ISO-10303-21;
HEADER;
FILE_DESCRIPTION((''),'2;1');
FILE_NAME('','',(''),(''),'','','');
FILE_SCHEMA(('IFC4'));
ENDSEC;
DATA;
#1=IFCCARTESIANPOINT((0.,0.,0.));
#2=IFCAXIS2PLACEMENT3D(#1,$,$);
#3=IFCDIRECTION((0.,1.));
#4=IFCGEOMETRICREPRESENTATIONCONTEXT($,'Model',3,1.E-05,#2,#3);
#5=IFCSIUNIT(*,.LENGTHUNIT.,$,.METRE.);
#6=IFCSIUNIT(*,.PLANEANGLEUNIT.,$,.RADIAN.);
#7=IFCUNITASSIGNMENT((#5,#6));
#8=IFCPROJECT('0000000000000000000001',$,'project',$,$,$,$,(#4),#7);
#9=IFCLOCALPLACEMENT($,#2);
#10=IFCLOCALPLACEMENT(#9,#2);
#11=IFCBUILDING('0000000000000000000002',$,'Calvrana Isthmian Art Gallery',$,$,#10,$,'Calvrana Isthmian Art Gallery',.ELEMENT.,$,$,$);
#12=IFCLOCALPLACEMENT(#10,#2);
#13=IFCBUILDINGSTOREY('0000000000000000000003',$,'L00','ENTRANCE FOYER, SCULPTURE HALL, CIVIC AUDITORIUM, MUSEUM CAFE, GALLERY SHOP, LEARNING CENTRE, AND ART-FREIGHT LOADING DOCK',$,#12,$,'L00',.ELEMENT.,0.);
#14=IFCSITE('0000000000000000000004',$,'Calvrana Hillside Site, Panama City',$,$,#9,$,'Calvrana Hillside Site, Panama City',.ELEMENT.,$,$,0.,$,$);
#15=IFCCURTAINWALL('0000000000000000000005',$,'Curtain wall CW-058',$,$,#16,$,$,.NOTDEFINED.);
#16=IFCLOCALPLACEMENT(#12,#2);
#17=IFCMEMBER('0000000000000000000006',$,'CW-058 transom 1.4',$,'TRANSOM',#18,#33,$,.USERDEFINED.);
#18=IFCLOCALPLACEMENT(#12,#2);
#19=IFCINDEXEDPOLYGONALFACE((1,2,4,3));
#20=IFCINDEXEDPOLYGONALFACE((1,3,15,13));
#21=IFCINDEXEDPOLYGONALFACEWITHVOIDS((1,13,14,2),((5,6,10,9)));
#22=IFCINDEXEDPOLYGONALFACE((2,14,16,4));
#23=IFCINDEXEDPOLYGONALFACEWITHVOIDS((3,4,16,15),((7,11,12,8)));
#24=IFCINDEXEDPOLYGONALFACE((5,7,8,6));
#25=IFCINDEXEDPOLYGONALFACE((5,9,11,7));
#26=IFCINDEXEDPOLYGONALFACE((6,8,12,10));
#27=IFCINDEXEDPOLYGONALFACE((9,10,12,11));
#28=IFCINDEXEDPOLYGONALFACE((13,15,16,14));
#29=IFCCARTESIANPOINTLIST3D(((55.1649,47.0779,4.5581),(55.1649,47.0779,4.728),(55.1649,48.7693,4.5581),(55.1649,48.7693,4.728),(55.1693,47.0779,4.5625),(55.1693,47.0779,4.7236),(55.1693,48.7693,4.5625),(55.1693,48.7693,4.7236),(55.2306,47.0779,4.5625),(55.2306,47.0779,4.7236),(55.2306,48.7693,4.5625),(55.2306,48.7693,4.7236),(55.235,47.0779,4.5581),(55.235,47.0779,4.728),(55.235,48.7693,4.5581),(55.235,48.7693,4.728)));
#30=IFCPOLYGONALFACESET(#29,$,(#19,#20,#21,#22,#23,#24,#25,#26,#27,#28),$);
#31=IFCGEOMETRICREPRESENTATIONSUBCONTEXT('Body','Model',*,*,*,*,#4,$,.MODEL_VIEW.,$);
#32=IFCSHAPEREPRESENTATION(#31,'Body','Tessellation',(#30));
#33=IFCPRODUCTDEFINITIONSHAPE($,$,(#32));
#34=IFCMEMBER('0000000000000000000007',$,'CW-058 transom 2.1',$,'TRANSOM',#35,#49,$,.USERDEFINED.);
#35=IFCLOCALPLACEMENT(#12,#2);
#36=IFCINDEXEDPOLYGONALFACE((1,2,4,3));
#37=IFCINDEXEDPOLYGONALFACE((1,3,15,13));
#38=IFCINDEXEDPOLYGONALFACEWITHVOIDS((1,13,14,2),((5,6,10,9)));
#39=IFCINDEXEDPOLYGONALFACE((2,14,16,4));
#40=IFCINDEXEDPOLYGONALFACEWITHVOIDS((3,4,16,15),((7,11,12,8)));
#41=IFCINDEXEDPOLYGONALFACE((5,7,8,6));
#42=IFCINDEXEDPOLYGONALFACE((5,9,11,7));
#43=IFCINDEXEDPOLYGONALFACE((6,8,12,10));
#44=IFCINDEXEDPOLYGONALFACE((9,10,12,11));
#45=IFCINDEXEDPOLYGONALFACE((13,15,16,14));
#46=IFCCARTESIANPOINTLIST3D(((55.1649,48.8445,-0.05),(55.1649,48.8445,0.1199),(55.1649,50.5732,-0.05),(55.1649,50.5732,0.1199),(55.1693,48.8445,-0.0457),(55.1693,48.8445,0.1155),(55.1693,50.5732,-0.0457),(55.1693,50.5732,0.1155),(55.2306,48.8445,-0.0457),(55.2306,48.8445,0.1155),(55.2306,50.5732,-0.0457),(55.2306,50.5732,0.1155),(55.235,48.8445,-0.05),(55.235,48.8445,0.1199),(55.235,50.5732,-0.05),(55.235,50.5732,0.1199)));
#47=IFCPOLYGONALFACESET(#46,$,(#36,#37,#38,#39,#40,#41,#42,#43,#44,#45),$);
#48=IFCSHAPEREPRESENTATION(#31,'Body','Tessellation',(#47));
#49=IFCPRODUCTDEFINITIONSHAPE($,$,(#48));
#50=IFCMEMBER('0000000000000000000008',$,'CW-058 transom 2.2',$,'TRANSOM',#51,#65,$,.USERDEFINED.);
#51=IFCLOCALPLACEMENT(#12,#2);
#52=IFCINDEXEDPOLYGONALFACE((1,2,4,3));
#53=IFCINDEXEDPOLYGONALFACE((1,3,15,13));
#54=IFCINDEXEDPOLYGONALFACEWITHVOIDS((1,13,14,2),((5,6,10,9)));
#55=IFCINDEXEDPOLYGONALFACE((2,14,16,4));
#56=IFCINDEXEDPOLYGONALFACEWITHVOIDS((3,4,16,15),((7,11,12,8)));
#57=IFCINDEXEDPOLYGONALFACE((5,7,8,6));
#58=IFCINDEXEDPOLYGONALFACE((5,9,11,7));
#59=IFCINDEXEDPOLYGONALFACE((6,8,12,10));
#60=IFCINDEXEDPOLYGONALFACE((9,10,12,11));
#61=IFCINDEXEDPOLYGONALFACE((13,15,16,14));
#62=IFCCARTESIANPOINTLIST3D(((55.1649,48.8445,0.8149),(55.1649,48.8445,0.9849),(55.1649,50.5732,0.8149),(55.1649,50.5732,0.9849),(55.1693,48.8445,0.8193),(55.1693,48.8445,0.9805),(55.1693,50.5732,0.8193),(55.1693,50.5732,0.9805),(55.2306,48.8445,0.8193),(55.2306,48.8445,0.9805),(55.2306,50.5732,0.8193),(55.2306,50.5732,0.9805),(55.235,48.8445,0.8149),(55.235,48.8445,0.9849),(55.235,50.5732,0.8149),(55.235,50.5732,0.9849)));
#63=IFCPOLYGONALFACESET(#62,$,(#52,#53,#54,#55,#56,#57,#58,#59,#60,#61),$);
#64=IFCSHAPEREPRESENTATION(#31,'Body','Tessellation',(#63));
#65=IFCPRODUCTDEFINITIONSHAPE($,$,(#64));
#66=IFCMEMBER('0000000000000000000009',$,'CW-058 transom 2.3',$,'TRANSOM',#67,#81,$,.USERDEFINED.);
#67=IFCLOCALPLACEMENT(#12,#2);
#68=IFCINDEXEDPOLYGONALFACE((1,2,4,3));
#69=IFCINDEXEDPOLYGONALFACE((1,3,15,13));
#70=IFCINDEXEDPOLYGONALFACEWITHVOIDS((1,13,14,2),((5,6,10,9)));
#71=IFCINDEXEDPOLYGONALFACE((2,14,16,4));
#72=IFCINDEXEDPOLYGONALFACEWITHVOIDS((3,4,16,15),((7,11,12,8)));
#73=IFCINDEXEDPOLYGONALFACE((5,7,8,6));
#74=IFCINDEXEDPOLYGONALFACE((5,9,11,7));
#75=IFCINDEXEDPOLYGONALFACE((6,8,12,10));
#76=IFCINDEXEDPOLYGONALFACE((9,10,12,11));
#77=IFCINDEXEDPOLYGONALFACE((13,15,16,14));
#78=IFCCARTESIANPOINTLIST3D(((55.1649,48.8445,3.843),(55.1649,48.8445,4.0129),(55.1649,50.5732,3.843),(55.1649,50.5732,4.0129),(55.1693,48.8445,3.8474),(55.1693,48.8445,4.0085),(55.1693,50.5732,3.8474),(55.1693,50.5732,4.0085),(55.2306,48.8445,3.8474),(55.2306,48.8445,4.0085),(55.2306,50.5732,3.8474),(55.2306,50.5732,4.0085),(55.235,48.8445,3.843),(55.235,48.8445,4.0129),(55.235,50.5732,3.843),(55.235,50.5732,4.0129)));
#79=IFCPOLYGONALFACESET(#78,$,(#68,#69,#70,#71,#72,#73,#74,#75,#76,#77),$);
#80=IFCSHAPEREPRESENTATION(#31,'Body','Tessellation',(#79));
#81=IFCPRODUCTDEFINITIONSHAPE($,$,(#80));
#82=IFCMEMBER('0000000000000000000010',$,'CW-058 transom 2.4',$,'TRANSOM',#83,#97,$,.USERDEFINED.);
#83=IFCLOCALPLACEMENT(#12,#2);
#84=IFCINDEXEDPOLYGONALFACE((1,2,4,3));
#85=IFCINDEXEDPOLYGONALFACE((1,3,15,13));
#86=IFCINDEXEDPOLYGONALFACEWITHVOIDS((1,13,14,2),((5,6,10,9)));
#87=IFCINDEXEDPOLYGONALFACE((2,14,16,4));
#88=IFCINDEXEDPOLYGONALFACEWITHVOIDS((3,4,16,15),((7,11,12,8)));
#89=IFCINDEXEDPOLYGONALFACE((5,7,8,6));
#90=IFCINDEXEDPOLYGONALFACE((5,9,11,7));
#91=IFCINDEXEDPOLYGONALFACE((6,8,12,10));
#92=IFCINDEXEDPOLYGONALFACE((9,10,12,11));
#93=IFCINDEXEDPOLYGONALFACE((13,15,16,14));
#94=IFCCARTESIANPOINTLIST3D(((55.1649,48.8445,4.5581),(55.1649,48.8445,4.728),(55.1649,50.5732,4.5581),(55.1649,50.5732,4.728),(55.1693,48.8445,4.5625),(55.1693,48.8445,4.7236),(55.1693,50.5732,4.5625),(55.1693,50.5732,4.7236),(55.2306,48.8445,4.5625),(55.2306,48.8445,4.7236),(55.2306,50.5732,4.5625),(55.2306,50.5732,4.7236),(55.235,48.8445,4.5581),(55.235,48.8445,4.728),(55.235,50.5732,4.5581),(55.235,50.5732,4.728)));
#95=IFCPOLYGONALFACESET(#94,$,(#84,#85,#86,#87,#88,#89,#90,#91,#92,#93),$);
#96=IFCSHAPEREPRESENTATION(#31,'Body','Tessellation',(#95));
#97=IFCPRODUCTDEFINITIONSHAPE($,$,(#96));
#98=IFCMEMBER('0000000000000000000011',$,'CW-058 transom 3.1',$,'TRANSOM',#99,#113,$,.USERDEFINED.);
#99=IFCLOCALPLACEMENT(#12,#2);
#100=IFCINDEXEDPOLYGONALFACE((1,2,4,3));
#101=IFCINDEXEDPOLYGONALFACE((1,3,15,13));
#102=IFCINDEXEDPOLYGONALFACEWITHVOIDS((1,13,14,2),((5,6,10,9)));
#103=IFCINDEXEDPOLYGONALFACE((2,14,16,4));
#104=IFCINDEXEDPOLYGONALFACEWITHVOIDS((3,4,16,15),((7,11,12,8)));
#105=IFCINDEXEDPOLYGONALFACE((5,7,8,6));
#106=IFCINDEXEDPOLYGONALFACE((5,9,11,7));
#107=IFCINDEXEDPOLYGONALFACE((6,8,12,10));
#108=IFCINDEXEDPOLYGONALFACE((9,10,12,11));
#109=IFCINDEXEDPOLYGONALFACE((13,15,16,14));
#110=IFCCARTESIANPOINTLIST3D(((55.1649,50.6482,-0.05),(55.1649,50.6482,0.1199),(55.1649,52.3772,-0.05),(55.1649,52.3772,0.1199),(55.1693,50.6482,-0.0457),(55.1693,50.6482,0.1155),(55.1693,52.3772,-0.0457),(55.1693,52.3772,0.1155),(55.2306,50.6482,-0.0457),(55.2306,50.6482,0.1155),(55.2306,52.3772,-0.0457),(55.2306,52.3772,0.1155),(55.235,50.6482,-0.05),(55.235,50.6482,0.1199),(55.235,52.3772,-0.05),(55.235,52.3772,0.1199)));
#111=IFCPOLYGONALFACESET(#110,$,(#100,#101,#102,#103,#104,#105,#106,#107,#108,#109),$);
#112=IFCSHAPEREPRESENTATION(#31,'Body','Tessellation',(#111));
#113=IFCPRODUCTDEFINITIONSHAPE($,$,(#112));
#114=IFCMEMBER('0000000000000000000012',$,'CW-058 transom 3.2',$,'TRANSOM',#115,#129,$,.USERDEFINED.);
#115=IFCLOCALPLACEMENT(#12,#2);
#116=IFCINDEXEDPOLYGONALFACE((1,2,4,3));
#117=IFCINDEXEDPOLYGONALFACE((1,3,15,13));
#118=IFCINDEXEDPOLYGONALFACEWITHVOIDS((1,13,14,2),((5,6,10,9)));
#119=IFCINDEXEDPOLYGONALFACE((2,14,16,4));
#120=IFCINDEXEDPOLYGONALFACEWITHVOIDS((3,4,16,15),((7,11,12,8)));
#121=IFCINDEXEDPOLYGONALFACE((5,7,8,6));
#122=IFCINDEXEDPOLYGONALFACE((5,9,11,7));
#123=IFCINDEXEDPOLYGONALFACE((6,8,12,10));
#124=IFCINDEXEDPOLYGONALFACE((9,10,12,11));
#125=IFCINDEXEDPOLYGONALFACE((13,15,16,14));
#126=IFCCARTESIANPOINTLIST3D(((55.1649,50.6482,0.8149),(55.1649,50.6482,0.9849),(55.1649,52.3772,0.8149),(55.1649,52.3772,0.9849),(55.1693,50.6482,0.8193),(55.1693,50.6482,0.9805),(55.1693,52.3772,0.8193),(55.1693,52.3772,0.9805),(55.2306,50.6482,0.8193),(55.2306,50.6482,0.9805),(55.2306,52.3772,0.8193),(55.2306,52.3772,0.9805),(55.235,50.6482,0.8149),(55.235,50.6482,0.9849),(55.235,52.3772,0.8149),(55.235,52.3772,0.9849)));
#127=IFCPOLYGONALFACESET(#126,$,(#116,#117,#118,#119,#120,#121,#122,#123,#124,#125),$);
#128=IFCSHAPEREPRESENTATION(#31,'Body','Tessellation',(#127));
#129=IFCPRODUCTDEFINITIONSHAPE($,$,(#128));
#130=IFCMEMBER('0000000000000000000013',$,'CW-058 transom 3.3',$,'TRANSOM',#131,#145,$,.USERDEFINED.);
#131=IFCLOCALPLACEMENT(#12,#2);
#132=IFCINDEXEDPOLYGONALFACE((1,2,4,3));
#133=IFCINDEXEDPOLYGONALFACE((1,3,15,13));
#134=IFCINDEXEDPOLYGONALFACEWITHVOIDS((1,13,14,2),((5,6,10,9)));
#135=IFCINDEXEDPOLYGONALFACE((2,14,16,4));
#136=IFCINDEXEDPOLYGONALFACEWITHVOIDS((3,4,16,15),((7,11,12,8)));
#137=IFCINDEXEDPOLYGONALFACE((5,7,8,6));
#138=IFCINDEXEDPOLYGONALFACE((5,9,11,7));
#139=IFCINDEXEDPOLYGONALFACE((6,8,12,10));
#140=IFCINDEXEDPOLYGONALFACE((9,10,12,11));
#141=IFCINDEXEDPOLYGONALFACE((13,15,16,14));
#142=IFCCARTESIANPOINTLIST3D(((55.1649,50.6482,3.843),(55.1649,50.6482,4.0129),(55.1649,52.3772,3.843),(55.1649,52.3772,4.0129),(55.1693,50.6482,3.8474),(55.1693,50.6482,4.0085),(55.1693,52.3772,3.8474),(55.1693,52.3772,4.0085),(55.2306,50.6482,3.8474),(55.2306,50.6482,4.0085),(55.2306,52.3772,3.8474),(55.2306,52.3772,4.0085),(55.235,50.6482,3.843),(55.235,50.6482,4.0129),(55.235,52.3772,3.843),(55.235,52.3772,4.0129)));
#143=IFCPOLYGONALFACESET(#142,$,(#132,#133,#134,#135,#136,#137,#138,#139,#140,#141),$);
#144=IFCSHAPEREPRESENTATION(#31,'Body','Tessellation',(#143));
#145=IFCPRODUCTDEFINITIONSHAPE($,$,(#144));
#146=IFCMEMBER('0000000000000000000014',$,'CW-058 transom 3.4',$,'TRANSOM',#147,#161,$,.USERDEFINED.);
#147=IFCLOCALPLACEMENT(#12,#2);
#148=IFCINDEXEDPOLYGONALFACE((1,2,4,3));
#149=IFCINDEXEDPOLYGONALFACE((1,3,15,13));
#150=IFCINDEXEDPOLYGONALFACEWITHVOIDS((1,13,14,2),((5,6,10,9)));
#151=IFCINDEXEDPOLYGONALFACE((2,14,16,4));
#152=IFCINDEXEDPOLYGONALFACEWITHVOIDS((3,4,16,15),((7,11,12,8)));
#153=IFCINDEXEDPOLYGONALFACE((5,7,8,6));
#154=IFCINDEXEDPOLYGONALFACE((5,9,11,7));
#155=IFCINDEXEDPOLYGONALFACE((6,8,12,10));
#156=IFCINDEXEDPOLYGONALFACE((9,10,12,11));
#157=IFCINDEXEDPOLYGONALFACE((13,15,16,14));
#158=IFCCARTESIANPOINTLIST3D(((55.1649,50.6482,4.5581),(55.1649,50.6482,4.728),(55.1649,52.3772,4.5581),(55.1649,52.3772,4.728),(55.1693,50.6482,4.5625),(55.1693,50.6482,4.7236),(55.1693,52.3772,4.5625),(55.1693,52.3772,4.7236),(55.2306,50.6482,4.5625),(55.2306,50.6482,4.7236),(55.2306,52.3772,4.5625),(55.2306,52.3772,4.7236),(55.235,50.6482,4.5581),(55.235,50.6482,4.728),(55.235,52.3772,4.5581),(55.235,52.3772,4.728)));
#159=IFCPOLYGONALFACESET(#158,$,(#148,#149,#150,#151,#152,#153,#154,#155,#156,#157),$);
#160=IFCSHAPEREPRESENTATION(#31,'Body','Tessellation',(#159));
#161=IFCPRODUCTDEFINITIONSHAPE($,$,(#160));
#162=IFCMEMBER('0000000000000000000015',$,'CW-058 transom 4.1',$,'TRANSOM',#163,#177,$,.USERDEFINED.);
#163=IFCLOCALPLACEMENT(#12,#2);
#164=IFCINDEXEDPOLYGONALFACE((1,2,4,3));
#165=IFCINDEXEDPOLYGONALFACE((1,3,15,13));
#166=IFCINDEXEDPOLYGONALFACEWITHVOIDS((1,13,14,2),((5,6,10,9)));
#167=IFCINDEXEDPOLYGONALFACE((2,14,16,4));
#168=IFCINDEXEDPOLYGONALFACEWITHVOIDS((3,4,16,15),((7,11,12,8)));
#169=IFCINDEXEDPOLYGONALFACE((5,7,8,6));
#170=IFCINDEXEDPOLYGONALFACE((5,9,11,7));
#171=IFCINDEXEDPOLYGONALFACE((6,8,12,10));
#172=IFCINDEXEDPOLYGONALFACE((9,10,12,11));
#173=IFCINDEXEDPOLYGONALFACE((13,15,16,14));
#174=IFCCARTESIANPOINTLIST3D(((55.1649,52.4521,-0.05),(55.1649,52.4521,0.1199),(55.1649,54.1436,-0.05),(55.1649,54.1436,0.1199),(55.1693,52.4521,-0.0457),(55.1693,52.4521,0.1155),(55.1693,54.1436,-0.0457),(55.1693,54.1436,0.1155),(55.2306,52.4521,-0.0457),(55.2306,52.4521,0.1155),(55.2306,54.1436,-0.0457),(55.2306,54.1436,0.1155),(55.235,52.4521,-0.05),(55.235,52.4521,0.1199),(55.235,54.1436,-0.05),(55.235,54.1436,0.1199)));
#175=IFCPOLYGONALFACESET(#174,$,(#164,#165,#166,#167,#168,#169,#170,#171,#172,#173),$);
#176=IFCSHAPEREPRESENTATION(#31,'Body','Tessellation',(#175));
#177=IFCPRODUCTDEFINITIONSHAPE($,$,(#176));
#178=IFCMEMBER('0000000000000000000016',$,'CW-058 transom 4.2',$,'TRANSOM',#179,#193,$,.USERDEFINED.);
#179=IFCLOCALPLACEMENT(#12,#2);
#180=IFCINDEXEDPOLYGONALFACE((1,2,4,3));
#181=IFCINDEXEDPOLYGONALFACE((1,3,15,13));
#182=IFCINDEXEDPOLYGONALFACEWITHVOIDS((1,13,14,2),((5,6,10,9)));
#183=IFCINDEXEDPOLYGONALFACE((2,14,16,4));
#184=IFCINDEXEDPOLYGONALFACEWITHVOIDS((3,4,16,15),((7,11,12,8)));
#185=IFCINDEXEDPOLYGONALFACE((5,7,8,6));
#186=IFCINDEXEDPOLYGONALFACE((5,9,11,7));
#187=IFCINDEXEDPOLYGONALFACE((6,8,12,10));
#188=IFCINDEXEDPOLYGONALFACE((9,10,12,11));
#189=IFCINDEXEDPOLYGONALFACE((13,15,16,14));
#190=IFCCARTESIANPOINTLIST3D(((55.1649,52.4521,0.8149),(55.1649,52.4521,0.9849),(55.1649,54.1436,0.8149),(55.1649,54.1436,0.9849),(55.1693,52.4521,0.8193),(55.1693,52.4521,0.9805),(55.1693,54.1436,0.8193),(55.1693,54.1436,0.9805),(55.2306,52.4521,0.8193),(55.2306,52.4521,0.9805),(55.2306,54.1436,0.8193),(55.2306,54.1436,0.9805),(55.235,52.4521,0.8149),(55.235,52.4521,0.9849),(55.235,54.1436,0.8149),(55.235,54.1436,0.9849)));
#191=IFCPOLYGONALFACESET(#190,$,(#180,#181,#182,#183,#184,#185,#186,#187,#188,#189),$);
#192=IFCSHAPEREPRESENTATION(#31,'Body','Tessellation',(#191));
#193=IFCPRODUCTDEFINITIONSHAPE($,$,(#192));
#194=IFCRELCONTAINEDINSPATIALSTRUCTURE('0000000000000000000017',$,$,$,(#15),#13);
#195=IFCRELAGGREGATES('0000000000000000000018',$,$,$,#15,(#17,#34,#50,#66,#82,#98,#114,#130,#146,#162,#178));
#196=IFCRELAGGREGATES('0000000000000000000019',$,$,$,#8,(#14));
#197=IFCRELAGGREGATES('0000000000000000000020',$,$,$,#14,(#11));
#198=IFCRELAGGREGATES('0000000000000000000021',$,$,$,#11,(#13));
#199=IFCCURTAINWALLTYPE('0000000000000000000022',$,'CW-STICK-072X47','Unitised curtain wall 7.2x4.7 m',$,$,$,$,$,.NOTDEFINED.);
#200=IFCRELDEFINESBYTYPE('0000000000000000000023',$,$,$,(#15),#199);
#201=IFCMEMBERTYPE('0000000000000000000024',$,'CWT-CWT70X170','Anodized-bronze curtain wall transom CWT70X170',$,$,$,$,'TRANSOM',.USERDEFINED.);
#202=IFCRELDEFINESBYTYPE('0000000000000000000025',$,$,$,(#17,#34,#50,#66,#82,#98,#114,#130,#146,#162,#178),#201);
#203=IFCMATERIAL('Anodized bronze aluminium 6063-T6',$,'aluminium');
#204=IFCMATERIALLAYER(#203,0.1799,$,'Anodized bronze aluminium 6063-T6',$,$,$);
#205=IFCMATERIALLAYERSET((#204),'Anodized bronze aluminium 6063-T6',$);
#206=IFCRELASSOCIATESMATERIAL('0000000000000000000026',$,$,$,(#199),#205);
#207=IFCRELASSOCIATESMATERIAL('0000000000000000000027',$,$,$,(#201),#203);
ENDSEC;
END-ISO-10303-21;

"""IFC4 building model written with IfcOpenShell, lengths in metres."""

from ifc_helpers import new_model, si_unit, direction, frame, origin, origin_2d, place, context, subcontext, project, spatial, hollow_rectangle, extrude, material, layer, layer_set, material_profile, profile_set, type_object, element, aggregate, save


model = new_model("IFC4")

# Units and contexts
model_context = context("Model", 3, precision=1e-05, world=origin(), true_north=direction((0.0, 1.0)))
body_context = subcontext(model_context, "Body", "Model", "MODEL_VIEW")
ifc_project = project(units=[si_unit("LENGTHUNIT", "METRE"), si_unit("PLANEANGLEUNIT", "RADIAN")], contexts=[model_context])

# Site, building, storey
site_placement = place(None, origin())
site = spatial("IfcSite", under=ifc_project, at=site_placement, Name="Calvrana Hillside Site, Panama City", LongName="Calvrana Hillside Site, Panama City", CompositionType="ELEMENT", RefElevation=0.0)
building_placement = place(site_placement, origin())
building = spatial("IfcBuilding", under=site, at=building_placement, Name="Calvrana Isthmian Art Gallery", LongName="Calvrana Isthmian Art Gallery", CompositionType="ELEMENT")
storey_placement = place(building_placement, origin())
storey = spatial("IfcBuildingStorey", under=building, at=storey_placement, Name="L00", Description="ENTRANCE FOYER, SCULPTURE HALL, CIVIC AUDITORIUM, MUSEUM CAFE, GALLERY SHOP, LEARNING CENTRE, AND ART-FREIGHT LOADING DOCK", LongName="L00", CompositionType="ELEMENT", Elevation=0.0)

# Curtain wall, members
ifc_material_1 = material(Name="Anodized bronze aluminium 6063-T6", Category="aluminium")
ifc_layer_1 = layer(ifc_material_1, 0.1799, Name="Anodized bronze aluminium 6063-T6")
ifc_layer_set_1 = layer_set([ifc_layer_1], Name="Anodized bronze aluminium 6063-T6")
curtain_wall_type = type_object("IfcCurtainWallType", Name="CW-STICK-072X47", Description="Unitised curtain wall 7.2x4.7 m", PredefinedType="NOTDEFINED", material=ifc_layer_set_1)
curtain_wall_placement = place(storey_placement, origin())
curtain_wall = element("IfcCurtainWall", 1, at=curtain_wall_placement, inside=storey, type_object=curtain_wall_type, Name="Curtain wall CW-058", PredefinedType="NOTDEFINED")
ifc_material_profile_1 = material_profile(ifc_material_1, hollow_rectangle(XDim=0.0701, YDim=0.1699, WallThickness=0.0044, at=origin_2d()), Name="CWT70X170")
ifc_profile_set_1 = profile_set([ifc_material_profile_1], Name="Anodized bronze aluminium 6063-T6")
member_type_1 = type_object("IfcMemberType", Name="CWT-CWT70X170", Description="Anodized-bronze curtain wall transom CWT70X170", ElementType="TRANSOM", PredefinedType="USERDEFINED", material=ifc_profile_set_1)
member_1_placement = place(storey_placement, frame((55.2, 47.0779, 4.6431), z_axis=(0.0, 1.0, 0.0), x_axis=(-1.0, 0.0, 0.0)))
member_1 = element("IfcMember", 2, at=member_1_placement, type_object=member_type_1, Name="CW-058 transom 1.4", ObjectType="TRANSOM", PredefinedType="USERDEFINED", context=body_context, shape_type="SweptSolid", body=[
    extrude(hollow_rectangle(XDim=0.0701, YDim=0.1699, WallThickness=0.0044, at=origin_2d()), origin(), (0.0, 0.0, 1.0), 1.6914),
])
member_2_placement = place(storey_placement, frame((55.2, 48.8445, 0.0349), z_axis=(0.0, 1.0, 0.0), x_axis=(-1.0, 0.0, 0.0)))
member_2 = element("IfcMember", 3, at=member_2_placement, type_object=member_type_1, Name="CW-058 transom 2.1", ObjectType="TRANSOM", PredefinedType="USERDEFINED", context=body_context, shape_type="SweptSolid", body=[
    extrude(hollow_rectangle(XDim=0.0701, YDim=0.1699, WallThickness=0.0044, at=origin_2d()), origin(), (0.0, 0.0, 1.0), 1.7288),
])
member_3_placement = place(storey_placement, frame((55.2, 48.8445, 0.8999), z_axis=(0.0, 1.0, 0.0), x_axis=(-1.0, 0.0, 0.0)))
member_3 = element("IfcMember", 4, at=member_3_placement, type_object=member_type_1, Name="CW-058 transom 2.2", ObjectType="TRANSOM", PredefinedType="USERDEFINED", context=body_context, shape_type="SweptSolid", body=[
    extrude(hollow_rectangle(XDim=0.0701, YDim=0.1699, WallThickness=0.0044, at=origin_2d()), origin(), (0.0, 0.0, 1.0), 1.7288),
])
member_4_placement = place(storey_placement, frame((55.2, 48.8445, 3.928), z_axis=(0.0, 1.0, 0.0), x_axis=(-1.0, 0.0, 0.0)))
member_4 = element("IfcMember", 5, at=member_4_placement, type_object=member_type_1, Name="CW-058 transom 2.3", ObjectType="TRANSOM", PredefinedType="USERDEFINED", context=body_context, shape_type="SweptSolid", body=[
    extrude(hollow_rectangle(XDim=0.0701, YDim=0.1699, WallThickness=0.0044, at=origin_2d()), origin(), (0.0, 0.0, 1.0), 1.7288),
])
member_5_placement = place(storey_placement, frame((55.2, 48.8445, 4.6431), z_axis=(0.0, 1.0, 0.0), x_axis=(-1.0, 0.0, 0.0)))
member_5 = element("IfcMember", 6, at=member_5_placement, type_object=member_type_1, Name="CW-058 transom 2.4", ObjectType="TRANSOM", PredefinedType="USERDEFINED", context=body_context, shape_type="SweptSolid", body=[
    extrude(hollow_rectangle(XDim=0.0701, YDim=0.1699, WallThickness=0.0044, at=origin_2d()), origin(), (0.0, 0.0, 1.0), 1.7288),
])
member_6_placement = place(storey_placement, frame((55.2, 50.6482, 0.0349), z_axis=(0.0, 1.0, 0.0), x_axis=(-1.0, 0.0, 0.0)))
member_6 = element("IfcMember", 7, at=member_6_placement, type_object=member_type_1, Name="CW-058 transom 3.1", ObjectType="TRANSOM", PredefinedType="USERDEFINED", context=body_context, shape_type="SweptSolid", body=[
    extrude(hollow_rectangle(XDim=0.0701, YDim=0.1699, WallThickness=0.0044, at=origin_2d()), origin(), (0.0, 0.0, 1.0), 1.729),
])
member_7_placement = place(storey_placement, frame((55.2, 50.6482, 0.8999), z_axis=(0.0, 1.0, 0.0), x_axis=(-1.0, 0.0, 0.0)))
member_7 = element("IfcMember", 8, at=member_7_placement, type_object=member_type_1, Name="CW-058 transom 3.2", ObjectType="TRANSOM", PredefinedType="USERDEFINED", context=body_context, shape_type="SweptSolid", body=[
    extrude(hollow_rectangle(XDim=0.0701, YDim=0.1699, WallThickness=0.0044, at=origin_2d()), origin(), (0.0, 0.0, 1.0), 1.729),
])
member_8_placement = place(storey_placement, frame((55.2, 50.6482, 3.928), z_axis=(0.0, 1.0, 0.0), x_axis=(-1.0, 0.0, 0.0)))
member_8 = element("IfcMember", 9, at=member_8_placement, type_object=member_type_1, Name="CW-058 transom 3.3", ObjectType="TRANSOM", PredefinedType="USERDEFINED", context=body_context, shape_type="SweptSolid", body=[
    extrude(hollow_rectangle(XDim=0.0701, YDim=0.1699, WallThickness=0.0044, at=origin_2d()), origin(), (0.0, 0.0, 1.0), 1.729),
])
member_9_placement = place(storey_placement, frame((55.2, 50.6482, 4.6431), z_axis=(0.0, 1.0, 0.0), x_axis=(-1.0, 0.0, 0.0)))
member_9 = element("IfcMember", 10, at=member_9_placement, type_object=member_type_1, Name="CW-058 transom 3.4", ObjectType="TRANSOM", PredefinedType="USERDEFINED", context=body_context, shape_type="SweptSolid", body=[
    extrude(hollow_rectangle(XDim=0.0701, YDim=0.1699, WallThickness=0.0044, at=origin_2d()), origin(), (0.0, 0.0, 1.0), 1.729),
])
member_10_placement = place(storey_placement, frame((55.2, 52.4521, 0.0349), z_axis=(0.0, 1.0, 0.0), x_axis=(-1.0, 0.0, 0.0)))
member_10 = element("IfcMember", 11, at=member_10_placement, type_object=member_type_1, Name="CW-058 transom 4.1", ObjectType="TRANSOM", PredefinedType="USERDEFINED", context=body_context, shape_type="SweptSolid", body=[
    extrude(hollow_rectangle(XDim=0.0701, YDim=0.1699, WallThickness=0.0044, at=origin_2d()), origin(), (0.0, 0.0, 1.0), 1.6914),
])
member_11_placement = place(storey_placement, frame((55.2, 52.4521, 0.8999), z_axis=(0.0, 1.0, 0.0), x_axis=(-1.0, 0.0, 0.0)))
member_11 = element("IfcMember", 12, at=member_11_placement, type_object=member_type_1, Name="CW-058 transom 4.2", ObjectType="TRANSOM", PredefinedType="USERDEFINED", context=body_context, shape_type="SweptSolid", body=[
    extrude(hollow_rectangle(XDim=0.0701, YDim=0.1699, WallThickness=0.0044, at=origin_2d()), origin(), (0.0, 0.0, 1.0), 1.6914),
])
aggregate(curtain_wall, [member_1, member_2, member_3, member_4, member_5, member_6, member_7, member_8, member_9, member_10, member_11])

save(model, "model.ifc")
